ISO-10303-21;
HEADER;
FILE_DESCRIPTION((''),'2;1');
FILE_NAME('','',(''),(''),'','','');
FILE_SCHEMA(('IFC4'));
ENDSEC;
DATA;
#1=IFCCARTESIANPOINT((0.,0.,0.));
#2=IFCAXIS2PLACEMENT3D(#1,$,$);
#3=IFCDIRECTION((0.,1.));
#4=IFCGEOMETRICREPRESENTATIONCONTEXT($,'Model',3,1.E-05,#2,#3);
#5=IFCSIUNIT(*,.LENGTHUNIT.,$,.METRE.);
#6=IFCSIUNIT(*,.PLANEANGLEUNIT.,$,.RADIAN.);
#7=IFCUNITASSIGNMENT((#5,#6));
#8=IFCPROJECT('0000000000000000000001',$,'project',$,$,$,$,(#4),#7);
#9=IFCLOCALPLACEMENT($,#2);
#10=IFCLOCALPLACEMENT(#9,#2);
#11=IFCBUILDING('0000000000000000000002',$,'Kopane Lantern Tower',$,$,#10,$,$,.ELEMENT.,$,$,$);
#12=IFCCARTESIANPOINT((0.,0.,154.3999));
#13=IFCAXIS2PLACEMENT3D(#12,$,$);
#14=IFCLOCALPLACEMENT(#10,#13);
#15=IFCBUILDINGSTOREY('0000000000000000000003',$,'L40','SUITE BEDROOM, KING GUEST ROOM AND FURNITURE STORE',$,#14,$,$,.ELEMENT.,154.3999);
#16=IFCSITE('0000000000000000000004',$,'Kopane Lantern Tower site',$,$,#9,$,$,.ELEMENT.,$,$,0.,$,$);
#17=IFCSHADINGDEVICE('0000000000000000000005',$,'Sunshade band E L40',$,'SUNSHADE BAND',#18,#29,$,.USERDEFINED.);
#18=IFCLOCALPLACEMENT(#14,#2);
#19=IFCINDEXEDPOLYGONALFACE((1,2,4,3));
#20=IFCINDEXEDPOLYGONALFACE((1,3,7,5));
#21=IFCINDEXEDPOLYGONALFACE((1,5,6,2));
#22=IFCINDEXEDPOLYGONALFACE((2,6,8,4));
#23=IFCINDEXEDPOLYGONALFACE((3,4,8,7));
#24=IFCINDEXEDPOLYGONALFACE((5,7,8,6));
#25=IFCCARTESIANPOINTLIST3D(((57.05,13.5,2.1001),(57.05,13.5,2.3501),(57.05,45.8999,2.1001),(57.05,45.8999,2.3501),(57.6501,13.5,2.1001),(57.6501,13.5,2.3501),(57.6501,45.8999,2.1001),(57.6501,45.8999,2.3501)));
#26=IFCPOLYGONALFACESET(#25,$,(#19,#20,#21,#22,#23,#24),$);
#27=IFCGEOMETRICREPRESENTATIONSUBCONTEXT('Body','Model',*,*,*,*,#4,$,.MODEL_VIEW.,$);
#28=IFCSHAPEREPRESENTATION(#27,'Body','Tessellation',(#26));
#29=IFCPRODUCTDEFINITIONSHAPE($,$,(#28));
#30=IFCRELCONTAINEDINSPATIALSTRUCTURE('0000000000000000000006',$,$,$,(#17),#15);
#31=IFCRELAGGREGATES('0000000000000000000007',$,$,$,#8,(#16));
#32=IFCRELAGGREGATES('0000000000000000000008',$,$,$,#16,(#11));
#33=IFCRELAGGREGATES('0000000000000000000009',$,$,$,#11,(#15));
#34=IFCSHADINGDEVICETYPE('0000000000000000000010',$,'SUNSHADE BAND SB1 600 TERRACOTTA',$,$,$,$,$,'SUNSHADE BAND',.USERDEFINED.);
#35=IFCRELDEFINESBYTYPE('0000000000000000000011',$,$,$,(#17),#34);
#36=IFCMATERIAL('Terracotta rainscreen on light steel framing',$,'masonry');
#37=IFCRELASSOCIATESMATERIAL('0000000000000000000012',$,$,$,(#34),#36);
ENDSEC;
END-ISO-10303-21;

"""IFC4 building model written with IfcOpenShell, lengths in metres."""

from ifc_helpers import new_model, si_unit, direction, frame, origin, origin_2d, place, context, subcontext, project, spatial, rectangle, extrude, material, type_object, element, save


model = new_model("IFC4")

# Units and contexts
model_context = context("Model", 3, precision=1e-05, world=origin(), true_north=direction((0.0, 1.0)))
body_context = subcontext(model_context, "Body", "Model", "MODEL_VIEW")
ifc_project = project(units=[si_unit("LENGTHUNIT", "METRE"), si_unit("PLANEANGLEUNIT", "RADIAN")], contexts=[model_context])

# Site, building, storey
site_placement = place(None, origin())
site = spatial("IfcSite", under=ifc_project, at=site_placement, Name="Kopane Lantern Tower site", CompositionType="ELEMENT", RefElevation=0.0)
building_placement = place(site_placement, origin())
building = spatial("IfcBuilding", under=site, at=building_placement, Name="Kopane Lantern Tower", CompositionType="ELEMENT")
storey_placement = place(building_placement, frame((0.0, 0.0, 154.3999)))
storey = spatial("IfcBuildingStorey", under=building, at=storey_placement, Name="L40", Description="SUITE BEDROOM, KING GUEST ROOM AND FURNITURE STORE", CompositionType="ELEMENT", Elevation=154.3999)

# Shading device
ifc_material_1 = material(Name="Terracotta rainscreen on light steel framing", Category="masonry")
shading_device_type = type_object("IfcShadingDeviceType", Name="SUNSHADE BAND SB1 600 TERRACOTTA", ElementType="SUNSHADE BAND", PredefinedType="USERDEFINED", material=ifc_material_1)
shading_device_placement = place(storey_placement, frame((57.3501, 29.7, 2.1001), z_axis=(0.0, 0.0, 1.0), x_axis=(0.0, 1.0, 0.0)))
element("IfcShadingDevice", 1, at=shading_device_placement, inside=storey, type_object=shading_device_type, Name="Sunshade band E L40", ObjectType="SUNSHADE BAND", PredefinedType="USERDEFINED", context=body_context, shape_type="SweptSolid", body=[
    extrude(rectangle(XDim=32.3999, YDim=0.6001, at=origin_2d()), origin(), (0.0, 0.0, 1.0), 0.25),
])

save(model, "model.ifc")
